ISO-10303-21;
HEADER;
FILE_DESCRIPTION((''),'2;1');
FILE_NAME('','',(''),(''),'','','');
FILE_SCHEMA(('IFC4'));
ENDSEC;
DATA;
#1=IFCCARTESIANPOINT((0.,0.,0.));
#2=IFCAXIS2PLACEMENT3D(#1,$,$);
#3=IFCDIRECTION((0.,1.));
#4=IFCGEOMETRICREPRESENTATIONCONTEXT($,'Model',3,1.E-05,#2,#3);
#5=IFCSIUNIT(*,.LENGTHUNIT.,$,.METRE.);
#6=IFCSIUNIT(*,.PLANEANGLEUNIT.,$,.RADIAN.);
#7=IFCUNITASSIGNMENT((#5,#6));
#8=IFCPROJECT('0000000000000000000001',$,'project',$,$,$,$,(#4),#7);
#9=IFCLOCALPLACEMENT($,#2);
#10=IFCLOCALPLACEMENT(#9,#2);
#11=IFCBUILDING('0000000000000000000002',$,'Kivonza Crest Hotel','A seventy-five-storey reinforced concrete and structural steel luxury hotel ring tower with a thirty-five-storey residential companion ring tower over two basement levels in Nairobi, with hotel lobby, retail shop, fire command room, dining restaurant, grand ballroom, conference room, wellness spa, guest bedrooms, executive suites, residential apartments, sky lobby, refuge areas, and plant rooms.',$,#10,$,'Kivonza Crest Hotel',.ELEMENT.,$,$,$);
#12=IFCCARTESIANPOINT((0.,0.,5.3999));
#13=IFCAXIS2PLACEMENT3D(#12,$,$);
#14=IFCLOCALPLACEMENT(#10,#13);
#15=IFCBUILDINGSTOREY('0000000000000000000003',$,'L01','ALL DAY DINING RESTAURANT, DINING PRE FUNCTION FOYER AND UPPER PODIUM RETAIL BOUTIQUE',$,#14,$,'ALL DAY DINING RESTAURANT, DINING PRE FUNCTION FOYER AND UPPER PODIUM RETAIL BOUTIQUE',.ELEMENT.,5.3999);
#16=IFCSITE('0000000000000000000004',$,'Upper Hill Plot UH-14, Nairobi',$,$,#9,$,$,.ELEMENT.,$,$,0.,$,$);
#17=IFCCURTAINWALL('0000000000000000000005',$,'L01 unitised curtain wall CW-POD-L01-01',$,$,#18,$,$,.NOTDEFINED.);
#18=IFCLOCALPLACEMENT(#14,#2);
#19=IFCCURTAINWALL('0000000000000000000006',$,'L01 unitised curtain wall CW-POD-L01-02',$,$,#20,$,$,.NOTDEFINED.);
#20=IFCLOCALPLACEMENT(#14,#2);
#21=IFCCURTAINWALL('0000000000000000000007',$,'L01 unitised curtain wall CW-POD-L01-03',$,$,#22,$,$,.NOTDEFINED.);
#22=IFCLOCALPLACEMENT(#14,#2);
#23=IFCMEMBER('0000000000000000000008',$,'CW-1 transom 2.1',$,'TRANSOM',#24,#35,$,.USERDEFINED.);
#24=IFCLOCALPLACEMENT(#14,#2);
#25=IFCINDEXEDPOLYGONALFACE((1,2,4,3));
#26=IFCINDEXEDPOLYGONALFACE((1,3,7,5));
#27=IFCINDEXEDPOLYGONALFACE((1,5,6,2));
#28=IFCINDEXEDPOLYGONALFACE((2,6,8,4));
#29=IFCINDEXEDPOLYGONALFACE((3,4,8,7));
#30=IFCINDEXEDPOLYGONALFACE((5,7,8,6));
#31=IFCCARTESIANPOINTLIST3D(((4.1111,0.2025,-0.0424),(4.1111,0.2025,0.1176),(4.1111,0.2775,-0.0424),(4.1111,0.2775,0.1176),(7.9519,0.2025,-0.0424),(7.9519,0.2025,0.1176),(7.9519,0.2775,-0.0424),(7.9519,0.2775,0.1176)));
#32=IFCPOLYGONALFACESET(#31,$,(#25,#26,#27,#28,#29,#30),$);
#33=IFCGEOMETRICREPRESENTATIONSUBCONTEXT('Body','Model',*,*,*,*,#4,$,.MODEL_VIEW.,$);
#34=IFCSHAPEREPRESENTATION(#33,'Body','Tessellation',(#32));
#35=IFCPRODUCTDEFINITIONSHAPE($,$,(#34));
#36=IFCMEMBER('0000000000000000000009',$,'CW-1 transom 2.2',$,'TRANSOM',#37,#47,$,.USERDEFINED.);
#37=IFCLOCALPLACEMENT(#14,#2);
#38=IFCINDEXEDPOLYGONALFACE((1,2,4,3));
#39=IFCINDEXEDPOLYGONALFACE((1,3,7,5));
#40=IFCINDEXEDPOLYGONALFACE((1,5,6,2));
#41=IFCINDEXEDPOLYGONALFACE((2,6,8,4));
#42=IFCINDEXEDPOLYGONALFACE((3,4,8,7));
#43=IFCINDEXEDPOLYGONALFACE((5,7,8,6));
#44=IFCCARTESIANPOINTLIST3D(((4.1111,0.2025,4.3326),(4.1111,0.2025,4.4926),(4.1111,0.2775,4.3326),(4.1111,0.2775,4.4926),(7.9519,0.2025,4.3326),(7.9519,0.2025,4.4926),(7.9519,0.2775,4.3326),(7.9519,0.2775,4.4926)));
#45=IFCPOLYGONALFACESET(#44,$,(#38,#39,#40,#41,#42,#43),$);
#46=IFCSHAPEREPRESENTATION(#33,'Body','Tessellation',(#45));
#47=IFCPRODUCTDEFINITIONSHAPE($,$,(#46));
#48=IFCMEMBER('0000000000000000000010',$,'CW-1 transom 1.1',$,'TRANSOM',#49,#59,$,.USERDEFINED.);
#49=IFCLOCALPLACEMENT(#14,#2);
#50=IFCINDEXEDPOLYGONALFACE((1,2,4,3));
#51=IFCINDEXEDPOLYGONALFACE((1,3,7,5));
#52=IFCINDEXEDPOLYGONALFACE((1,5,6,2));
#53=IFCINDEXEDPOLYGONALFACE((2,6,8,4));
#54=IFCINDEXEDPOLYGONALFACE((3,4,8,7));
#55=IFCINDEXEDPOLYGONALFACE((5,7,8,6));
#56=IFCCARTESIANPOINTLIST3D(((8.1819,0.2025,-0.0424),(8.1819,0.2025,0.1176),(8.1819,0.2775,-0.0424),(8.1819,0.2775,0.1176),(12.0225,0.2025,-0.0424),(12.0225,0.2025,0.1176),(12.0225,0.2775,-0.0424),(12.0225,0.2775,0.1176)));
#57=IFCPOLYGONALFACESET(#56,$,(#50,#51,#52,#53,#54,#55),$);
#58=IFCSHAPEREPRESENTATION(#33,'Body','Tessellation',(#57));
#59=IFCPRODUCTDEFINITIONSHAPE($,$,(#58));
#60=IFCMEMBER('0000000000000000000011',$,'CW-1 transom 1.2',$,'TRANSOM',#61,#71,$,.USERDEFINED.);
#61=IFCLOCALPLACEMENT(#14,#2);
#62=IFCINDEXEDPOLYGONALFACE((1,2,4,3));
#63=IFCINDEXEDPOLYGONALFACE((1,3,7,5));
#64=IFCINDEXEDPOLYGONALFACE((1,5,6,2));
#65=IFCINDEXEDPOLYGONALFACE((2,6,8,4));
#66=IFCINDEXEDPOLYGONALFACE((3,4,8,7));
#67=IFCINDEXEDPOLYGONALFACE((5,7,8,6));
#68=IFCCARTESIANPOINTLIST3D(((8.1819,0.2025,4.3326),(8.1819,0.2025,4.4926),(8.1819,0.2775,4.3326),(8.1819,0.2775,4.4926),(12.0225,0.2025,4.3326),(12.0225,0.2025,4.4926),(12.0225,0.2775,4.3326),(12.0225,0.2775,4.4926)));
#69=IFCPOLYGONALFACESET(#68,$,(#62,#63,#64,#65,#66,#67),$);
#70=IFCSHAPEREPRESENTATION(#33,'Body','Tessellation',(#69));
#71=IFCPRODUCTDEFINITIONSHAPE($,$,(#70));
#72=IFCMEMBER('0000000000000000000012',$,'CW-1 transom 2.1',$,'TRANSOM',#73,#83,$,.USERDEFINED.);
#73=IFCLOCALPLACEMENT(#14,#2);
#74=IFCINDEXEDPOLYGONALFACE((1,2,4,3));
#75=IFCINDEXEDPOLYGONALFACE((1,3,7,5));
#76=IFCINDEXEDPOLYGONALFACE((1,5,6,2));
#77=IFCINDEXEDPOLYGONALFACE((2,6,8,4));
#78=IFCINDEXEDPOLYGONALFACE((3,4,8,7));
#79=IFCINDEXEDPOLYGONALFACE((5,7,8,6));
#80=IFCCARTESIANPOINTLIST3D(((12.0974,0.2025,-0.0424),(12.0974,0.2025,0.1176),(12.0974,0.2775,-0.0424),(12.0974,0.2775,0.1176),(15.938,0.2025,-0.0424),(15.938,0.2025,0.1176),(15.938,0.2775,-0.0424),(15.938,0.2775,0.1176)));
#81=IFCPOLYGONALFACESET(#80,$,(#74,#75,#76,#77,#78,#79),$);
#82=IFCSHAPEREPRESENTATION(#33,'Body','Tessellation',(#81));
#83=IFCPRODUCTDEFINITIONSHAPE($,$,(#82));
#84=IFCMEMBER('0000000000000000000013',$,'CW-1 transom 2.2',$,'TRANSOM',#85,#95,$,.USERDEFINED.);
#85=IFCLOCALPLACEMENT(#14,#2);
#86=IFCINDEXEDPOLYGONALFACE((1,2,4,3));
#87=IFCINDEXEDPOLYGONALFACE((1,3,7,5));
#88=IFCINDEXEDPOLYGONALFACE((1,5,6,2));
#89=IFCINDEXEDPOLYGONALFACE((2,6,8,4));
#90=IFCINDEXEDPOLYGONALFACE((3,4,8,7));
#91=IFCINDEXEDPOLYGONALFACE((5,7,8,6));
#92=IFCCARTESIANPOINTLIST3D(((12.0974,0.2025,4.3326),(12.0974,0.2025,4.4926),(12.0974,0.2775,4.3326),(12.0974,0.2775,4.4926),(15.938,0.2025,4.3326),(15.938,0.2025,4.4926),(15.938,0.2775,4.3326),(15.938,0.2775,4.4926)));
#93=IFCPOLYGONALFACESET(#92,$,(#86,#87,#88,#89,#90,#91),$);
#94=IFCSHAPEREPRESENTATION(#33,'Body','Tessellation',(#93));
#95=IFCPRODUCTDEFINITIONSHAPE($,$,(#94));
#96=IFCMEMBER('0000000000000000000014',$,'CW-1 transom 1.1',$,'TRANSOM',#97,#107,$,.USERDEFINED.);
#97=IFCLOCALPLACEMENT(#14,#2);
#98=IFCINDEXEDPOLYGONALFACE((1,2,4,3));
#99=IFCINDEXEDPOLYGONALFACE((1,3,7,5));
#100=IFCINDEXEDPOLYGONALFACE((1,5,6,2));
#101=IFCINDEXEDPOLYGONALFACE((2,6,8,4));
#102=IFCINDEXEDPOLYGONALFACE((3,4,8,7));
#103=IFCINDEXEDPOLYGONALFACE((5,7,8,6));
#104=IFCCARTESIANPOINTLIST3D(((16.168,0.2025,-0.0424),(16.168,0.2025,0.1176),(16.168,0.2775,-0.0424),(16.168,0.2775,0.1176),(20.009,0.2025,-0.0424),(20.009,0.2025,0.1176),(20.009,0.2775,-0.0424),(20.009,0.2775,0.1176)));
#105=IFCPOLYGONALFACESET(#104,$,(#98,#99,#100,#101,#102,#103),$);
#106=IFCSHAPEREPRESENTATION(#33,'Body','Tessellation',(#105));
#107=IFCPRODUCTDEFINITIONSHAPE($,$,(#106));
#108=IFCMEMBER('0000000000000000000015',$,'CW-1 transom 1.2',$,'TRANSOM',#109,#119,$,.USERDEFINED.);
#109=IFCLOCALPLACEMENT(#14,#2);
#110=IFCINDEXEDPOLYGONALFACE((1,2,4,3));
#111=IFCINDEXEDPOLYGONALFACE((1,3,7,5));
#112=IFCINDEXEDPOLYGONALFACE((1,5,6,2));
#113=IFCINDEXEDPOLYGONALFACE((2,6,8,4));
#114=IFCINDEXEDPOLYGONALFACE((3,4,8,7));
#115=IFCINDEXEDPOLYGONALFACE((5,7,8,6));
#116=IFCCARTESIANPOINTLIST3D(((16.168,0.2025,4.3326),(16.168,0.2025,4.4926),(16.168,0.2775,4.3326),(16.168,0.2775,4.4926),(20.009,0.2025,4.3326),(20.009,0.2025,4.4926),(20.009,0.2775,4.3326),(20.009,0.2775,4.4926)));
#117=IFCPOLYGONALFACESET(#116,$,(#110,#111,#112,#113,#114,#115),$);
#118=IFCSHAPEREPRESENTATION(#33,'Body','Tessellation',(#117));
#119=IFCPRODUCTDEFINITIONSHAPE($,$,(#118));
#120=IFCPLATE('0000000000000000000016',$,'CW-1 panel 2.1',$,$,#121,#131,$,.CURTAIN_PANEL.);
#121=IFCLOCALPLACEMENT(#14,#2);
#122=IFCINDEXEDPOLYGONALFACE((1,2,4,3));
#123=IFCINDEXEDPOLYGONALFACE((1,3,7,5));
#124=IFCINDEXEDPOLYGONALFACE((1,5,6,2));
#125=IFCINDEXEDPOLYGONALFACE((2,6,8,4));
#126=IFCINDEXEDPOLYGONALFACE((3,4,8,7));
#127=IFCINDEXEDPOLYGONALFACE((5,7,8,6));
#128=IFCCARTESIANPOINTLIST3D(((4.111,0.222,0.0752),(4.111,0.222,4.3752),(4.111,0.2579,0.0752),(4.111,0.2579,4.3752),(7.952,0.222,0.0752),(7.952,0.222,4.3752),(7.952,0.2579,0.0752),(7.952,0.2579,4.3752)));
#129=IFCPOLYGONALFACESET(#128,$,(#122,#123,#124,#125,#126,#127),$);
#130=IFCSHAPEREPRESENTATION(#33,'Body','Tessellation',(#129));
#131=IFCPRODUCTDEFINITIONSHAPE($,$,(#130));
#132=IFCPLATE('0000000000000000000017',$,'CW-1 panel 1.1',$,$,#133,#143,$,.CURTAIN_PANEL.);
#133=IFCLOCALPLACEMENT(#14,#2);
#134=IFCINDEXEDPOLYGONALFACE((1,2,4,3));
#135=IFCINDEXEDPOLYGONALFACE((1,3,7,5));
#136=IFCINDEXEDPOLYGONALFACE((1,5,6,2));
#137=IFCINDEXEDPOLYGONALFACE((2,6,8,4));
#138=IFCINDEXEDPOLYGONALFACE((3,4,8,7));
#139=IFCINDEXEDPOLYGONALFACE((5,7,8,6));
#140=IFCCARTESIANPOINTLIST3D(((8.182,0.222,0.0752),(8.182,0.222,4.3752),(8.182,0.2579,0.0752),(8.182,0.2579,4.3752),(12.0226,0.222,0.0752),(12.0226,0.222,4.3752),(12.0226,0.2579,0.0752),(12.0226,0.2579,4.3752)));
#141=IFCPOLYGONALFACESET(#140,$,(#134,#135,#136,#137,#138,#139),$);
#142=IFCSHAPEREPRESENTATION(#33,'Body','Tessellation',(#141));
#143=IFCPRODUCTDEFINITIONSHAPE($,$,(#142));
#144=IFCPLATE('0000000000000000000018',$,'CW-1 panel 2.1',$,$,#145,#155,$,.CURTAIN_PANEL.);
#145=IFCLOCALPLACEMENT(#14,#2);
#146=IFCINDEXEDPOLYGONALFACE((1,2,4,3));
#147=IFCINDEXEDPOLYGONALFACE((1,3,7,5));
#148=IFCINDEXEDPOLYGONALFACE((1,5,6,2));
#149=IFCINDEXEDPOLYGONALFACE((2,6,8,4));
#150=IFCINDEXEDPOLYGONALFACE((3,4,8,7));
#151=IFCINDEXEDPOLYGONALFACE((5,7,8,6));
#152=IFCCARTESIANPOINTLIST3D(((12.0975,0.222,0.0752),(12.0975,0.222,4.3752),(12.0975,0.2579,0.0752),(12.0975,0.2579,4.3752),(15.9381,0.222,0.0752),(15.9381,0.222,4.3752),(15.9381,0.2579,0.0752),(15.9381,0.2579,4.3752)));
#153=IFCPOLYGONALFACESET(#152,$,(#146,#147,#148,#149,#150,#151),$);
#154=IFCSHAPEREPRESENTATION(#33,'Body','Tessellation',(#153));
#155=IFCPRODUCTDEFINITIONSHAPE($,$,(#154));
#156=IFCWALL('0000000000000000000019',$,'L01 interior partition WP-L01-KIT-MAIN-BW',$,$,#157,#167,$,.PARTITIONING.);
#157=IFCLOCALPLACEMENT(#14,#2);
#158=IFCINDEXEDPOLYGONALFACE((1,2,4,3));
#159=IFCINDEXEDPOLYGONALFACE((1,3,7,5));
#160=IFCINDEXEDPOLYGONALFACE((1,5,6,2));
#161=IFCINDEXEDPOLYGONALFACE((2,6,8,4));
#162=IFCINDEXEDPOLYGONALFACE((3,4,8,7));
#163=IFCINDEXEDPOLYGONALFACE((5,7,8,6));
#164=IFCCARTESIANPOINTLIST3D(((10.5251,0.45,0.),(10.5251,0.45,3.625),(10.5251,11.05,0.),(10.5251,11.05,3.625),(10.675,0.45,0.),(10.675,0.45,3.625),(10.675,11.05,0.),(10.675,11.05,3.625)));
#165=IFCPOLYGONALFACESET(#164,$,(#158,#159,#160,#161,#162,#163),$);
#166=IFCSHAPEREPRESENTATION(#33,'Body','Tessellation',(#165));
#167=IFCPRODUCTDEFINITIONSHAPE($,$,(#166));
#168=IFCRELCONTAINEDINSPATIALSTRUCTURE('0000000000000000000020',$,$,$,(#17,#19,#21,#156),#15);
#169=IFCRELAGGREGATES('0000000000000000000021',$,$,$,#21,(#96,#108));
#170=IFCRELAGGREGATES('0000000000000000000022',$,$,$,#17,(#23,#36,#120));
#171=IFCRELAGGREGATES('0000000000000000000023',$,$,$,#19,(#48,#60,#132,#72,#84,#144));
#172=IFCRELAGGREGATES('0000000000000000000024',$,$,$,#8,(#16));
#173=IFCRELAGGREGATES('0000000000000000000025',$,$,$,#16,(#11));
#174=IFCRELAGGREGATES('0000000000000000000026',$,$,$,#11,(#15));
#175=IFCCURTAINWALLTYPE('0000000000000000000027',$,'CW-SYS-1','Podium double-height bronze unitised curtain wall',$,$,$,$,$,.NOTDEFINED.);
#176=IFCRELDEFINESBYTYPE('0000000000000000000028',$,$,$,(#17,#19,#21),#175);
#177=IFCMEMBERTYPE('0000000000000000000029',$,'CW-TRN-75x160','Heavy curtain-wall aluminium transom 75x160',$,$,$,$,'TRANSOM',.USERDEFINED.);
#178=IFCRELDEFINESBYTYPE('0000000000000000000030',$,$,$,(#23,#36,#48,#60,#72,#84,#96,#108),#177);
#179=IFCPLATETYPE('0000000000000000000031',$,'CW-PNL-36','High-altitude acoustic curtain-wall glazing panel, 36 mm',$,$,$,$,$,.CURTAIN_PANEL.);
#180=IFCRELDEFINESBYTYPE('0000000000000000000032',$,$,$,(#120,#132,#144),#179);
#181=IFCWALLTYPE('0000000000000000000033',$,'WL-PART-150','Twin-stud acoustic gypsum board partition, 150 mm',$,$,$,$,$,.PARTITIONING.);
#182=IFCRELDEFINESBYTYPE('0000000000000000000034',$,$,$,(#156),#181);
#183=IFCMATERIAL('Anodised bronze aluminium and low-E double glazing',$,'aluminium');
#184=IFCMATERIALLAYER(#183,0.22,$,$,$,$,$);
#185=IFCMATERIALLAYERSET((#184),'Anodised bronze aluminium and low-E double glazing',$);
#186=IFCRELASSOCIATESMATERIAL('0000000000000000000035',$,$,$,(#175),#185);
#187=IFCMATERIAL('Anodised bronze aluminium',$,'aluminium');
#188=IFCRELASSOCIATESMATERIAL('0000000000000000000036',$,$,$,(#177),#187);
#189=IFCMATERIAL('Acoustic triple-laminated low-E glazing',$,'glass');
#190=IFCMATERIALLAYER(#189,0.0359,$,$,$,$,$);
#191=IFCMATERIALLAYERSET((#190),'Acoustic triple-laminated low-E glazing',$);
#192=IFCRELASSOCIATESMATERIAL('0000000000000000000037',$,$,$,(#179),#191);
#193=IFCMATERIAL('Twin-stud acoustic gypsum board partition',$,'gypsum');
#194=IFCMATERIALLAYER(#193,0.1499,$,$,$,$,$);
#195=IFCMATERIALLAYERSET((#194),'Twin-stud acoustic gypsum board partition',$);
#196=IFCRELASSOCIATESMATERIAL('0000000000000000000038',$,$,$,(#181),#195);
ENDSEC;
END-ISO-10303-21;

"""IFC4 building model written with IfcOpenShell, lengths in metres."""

from ifc_helpers import new_model, si_unit, direction, frame, frame_2d, origin, origin_2d, place, context, subcontext, project, spatial, rectangle, extrude, material, layer, layer_set, material_profile, profile_set, type_object, element, aggregate, save


model = new_model("IFC4")

# Units and contexts
model_context = context("Model", 3, precision=1e-05, world=origin(), true_north=direction((0.0, 1.0)))
body_context = subcontext(model_context, "Body", "Model", "MODEL_VIEW")
ifc_project = project(units=[si_unit("LENGTHUNIT", "METRE"), si_unit("PLANEANGLEUNIT", "RADIAN")], contexts=[model_context])

# Site, building, storey
site_placement = place(None, origin())
site = spatial("IfcSite", under=ifc_project, at=site_placement, Name="Upper Hill Plot UH-14, Nairobi", CompositionType="ELEMENT", RefElevation=0.0)
building_placement = place(site_placement, origin())
building = spatial("IfcBuilding", under=site, at=building_placement, Name="Kivonza Crest Hotel", Description="A seventy-five-storey reinforced concrete and structural steel luxury hotel ring tower with a thirty-five-storey residential companion ring tower over two basement levels in Nairobi, with hotel lobby, retail shop, fire command room, dining restaurant, grand ballroom, conference room, wellness spa, guest bedrooms, executive suites, residential apartments, sky lobby, refuge areas, and plant rooms.", LongName="Kivonza Crest Hotel", CompositionType="ELEMENT")
storey_placement = place(building_placement, frame((0.0, 0.0, 5.3999)))
storey = spatial("IfcBuildingStorey", under=building, at=storey_placement, Name="L01", Description="ALL DAY DINING RESTAURANT, DINING PRE FUNCTION FOYER AND UPPER PODIUM RETAIL BOUTIQUE", LongName="ALL DAY DINING RESTAURANT, DINING PRE FUNCTION FOYER AND UPPER PODIUM RETAIL BOUTIQUE", CompositionType="ELEMENT", Elevation=5.3999)

# Curtain wall
ifc_material_1 = material(Name="Anodised bronze aluminium and low-E double glazing", Category="aluminium")
ifc_layer_1 = layer(ifc_material_1, 0.22)
ifc_layer_set_1 = layer_set([ifc_layer_1], Name="Anodised bronze aluminium and low-E double glazing")
curtain_wall_type = type_object("IfcCurtainWallType", Name="CW-SYS-1", Description="Podium double-height bronze unitised curtain wall", PredefinedType="NOTDEFINED", material=ifc_layer_set_1)
curtain_wall_1_placement = place(storey_placement, origin())
curtain_wall_1 = element("IfcCurtainWall", 1, at=curtain_wall_1_placement, inside=storey, type_object=curtain_wall_type, Name="L01 unitised curtain wall CW-POD-L01-01", PredefinedType="NOTDEFINED")
ifc_material_2 = material(Name="Anodised bronze aluminium", Category="aluminium")

# Curtain wall
curtain_wall_2_placement = place(storey_placement, origin())
curtain_wall_2 = element("IfcCurtainWall", 2, at=curtain_wall_2_placement, inside=storey, type_object=curtain_wall_type, Name="L01 unitised curtain wall CW-POD-L01-02", PredefinedType="NOTDEFINED")

# Curtain wall
curtain_wall_3_placement = place(storey_placement, origin())
curtain_wall_3 = element("IfcCurtainWall", 3, at=curtain_wall_3_placement, inside=storey, type_object=curtain_wall_type, Name="L01 unitised curtain wall CW-POD-L01-03", PredefinedType="NOTDEFINED")

# Members
ifc_material_profile_1 = material_profile(ifc_material_2, rectangle(XDim=0.075, YDim=0.1599, at=origin_2d()), Name="CW-T 75x160")
ifc_profile_set_1 = profile_set([ifc_material_profile_1], Name="Anodised bronze aluminium")
member_type_1 = type_object("IfcMemberType", Name="CW-TRN-75x160", Description="Heavy curtain-wall aluminium transom 75x160", ElementType="TRANSOM", PredefinedType="USERDEFINED", material=ifc_profile_set_1)
member_1_placement = place(storey_placement, frame((4.1111, 0.24, 0.0376), z_axis=(1.0, 0.0, 0.0), x_axis=(0.0, 1.0, 0.0)))
member_1 = element("IfcMember", 4, at=member_1_placement, type_object=member_type_1, Name="CW-1 transom 2.1", ObjectType="TRANSOM", PredefinedType="USERDEFINED", context=body_context, shape_type="SweptSolid", body=[
    extrude(rectangle(XDim=0.075, YDim=0.1599, at=origin_2d()), origin(), (0.0, 0.0, 1.0), 3.8408),
])
member_2_placement = place(storey_placement, frame((4.1111, 0.24, 4.4126), z_axis=(1.0, 0.0, 0.0), x_axis=(0.0, 1.0, 0.0)))
member_2 = element("IfcMember", 5, at=member_2_placement, type_object=member_type_1, Name="CW-1 transom 2.2", ObjectType="TRANSOM", PredefinedType="USERDEFINED", context=body_context, shape_type="SweptSolid", body=[
    extrude(rectangle(XDim=0.075, YDim=0.1599, at=origin_2d()), origin(), (0.0, 0.0, 1.0), 3.8408),
])
member_3_placement = place(storey_placement, frame((8.1819, 0.24, 0.0376), z_axis=(1.0, 0.0, 0.0), x_axis=(0.0, 1.0, 0.0)))
member_3 = element("IfcMember", 6, at=member_3_placement, type_object=member_type_1, Name="CW-1 transom 1.1", ObjectType="TRANSOM", PredefinedType="USERDEFINED", context=body_context, shape_type="SweptSolid", body=[
    extrude(rectangle(XDim=0.075, YDim=0.1599, at=origin_2d()), origin(), (0.0, 0.0, 1.0), 3.8406),
])
member_4_placement = place(storey_placement, frame((8.1819, 0.24, 4.4126), z_axis=(1.0, 0.0, 0.0), x_axis=(0.0, 1.0, 0.0)))
member_4 = element("IfcMember", 7, at=member_4_placement, type_object=member_type_1, Name="CW-1 transom 1.2", ObjectType="TRANSOM", PredefinedType="USERDEFINED", context=body_context, shape_type="SweptSolid", body=[
    extrude(rectangle(XDim=0.075, YDim=0.1599, at=origin_2d()), origin(), (0.0, 0.0, 1.0), 3.8406),
])
member_5_placement = place(storey_placement, frame((12.0974, 0.24, 0.0376), z_axis=(1.0, 0.0, 0.0), x_axis=(0.0, 1.0, 0.0)))
member_5 = element("IfcMember", 8, at=member_5_placement, type_object=member_type_1, Name="CW-1 transom 2.1", ObjectType="TRANSOM", PredefinedType="USERDEFINED", context=body_context, shape_type="SweptSolid", body=[
    extrude(rectangle(XDim=0.075, YDim=0.1599, at=origin_2d()), origin(), (0.0, 0.0, 1.0), 3.8406),
])
member_6_placement = place(storey_placement, frame((12.0974, 0.24, 4.4126), z_axis=(1.0, 0.0, 0.0), x_axis=(0.0, 1.0, 0.0)))
member_6 = element("IfcMember", 9, at=member_6_placement, type_object=member_type_1, Name="CW-1 transom 2.2", ObjectType="TRANSOM", PredefinedType="USERDEFINED", context=body_context, shape_type="SweptSolid", body=[
    extrude(rectangle(XDim=0.075, YDim=0.1599, at=origin_2d()), origin(), (0.0, 0.0, 1.0), 3.8406),
])
member_7_placement = place(storey_placement, frame((16.168, 0.24, 0.0376), z_axis=(1.0, 0.0, 0.0), x_axis=(0.0, 1.0, 0.0)))
member_7 = element("IfcMember", 10, at=member_7_placement, type_object=member_type_1, Name="CW-1 transom 1.1", ObjectType="TRANSOM", PredefinedType="USERDEFINED", context=body_context, shape_type="SweptSolid", body=[
    extrude(rectangle(XDim=0.075, YDim=0.1599, at=origin_2d()), origin(), (0.0, 0.0, 1.0), 3.8411),
])
member_8_placement = place(storey_placement, frame((16.168, 0.24, 4.4126), z_axis=(1.0, 0.0, 0.0), x_axis=(0.0, 1.0, 0.0)))
member_8 = element("IfcMember", 11, at=member_8_placement, type_object=member_type_1, Name="CW-1 transom 1.2", ObjectType="TRANSOM", PredefinedType="USERDEFINED", context=body_context, shape_type="SweptSolid", body=[
    extrude(rectangle(XDim=0.075, YDim=0.1599, at=origin_2d()), origin(), (0.0, 0.0, 1.0), 3.8411),
])
aggregate(curtain_wall_3, [member_7, member_8])

# Plates
ifc_material_3 = material(Name="Acoustic triple-laminated low-E glazing", Category="glass")
ifc_layer_2 = layer(ifc_material_3, 0.0359)
ifc_layer_set_2 = layer_set([ifc_layer_2], Name="Acoustic triple-laminated low-E glazing")
plate_type = type_object("IfcPlateType", Name="CW-PNL-36", Description="High-altitude acoustic curtain-wall glazing panel, 36 mm", PredefinedType="CURTAIN_PANEL", material=ifc_layer_set_2)
plate_1_placement = place(storey_placement, frame((6.0315, 0.24, 0.0752), z_axis=(0.0, 0.0, 1.0), x_axis=(1.0, 0.0, 0.0)))
plate_1 = element("IfcPlate", 12, at=plate_1_placement, type_object=plate_type, Name="CW-1 panel 2.1", PredefinedType="CURTAIN_PANEL", context=body_context, shape_type="SweptSolid", body=[
    extrude(rectangle(XDim=3.8411, YDim=0.0359, at=origin_2d()), origin(), (0.0, 0.0, 1.0), 4.3),
])
aggregate(curtain_wall_1, [member_1, member_2, plate_1])
plate_2_placement = place(storey_placement, frame((10.1023, 0.24, 0.0752), z_axis=(0.0, 0.0, 1.0), x_axis=(1.0, 0.0, 0.0)))
plate_2 = element("IfcPlate", 13, at=plate_2_placement, type_object=plate_type, Name="CW-1 panel 1.1", PredefinedType="CURTAIN_PANEL", context=body_context, shape_type="SweptSolid", body=[
    extrude(rectangle(XDim=3.8406, YDim=0.0359, at=origin_2d()), origin(), (0.0, 0.0, 1.0), 4.3),
])
plate_3_placement = place(storey_placement, frame((14.0178, 0.24, 0.0752), z_axis=(0.0, 0.0, 1.0), x_axis=(1.0, 0.0, 0.0)))
plate_3 = element("IfcPlate", 14, at=plate_3_placement, type_object=plate_type, Name="CW-1 panel 2.1", PredefinedType="CURTAIN_PANEL", context=body_context, shape_type="SweptSolid", body=[
    extrude(rectangle(XDim=3.8406, YDim=0.0359, at=origin_2d()), origin(), (0.0, 0.0, 1.0), 4.3),
])
aggregate(curtain_wall_2, [member_3, member_4, plate_2, member_5, member_6, plate_3])

# Wall
ifc_material_4 = material(Name="Twin-stud acoustic gypsum board partition", Category="gypsum")
ifc_layer_3 = layer(ifc_material_4, 0.1499)
ifc_layer_set_3 = layer_set([ifc_layer_3], Name="Twin-stud acoustic gypsum board partition")
wall_type = type_object("IfcWallType", Name="WL-PART-150", Description="Twin-stud acoustic gypsum board partition, 150 mm", PredefinedType="PARTITIONING", material=ifc_layer_set_3)
wall_placement = place(storey_placement, frame((10.6001, 0.45, 0.0), z_axis=(0.0, 0.0, 1.0), x_axis=(0.0, 1.0, 0.0)))
element("IfcWall", 15, at=wall_placement, inside=storey, type_object=wall_type, Name="L01 interior partition WP-L01-KIT-MAIN-BW", PredefinedType="PARTITIONING", context=body_context, shape_type="SweptSolid", body=[
    extrude(rectangle(XDim=10.6001, YDim=0.1499, at=frame_2d((5.3, 0.0))), origin(), (0.0, 0.0, 1.0), 3.625),
])

save(model, "model.ifc")
